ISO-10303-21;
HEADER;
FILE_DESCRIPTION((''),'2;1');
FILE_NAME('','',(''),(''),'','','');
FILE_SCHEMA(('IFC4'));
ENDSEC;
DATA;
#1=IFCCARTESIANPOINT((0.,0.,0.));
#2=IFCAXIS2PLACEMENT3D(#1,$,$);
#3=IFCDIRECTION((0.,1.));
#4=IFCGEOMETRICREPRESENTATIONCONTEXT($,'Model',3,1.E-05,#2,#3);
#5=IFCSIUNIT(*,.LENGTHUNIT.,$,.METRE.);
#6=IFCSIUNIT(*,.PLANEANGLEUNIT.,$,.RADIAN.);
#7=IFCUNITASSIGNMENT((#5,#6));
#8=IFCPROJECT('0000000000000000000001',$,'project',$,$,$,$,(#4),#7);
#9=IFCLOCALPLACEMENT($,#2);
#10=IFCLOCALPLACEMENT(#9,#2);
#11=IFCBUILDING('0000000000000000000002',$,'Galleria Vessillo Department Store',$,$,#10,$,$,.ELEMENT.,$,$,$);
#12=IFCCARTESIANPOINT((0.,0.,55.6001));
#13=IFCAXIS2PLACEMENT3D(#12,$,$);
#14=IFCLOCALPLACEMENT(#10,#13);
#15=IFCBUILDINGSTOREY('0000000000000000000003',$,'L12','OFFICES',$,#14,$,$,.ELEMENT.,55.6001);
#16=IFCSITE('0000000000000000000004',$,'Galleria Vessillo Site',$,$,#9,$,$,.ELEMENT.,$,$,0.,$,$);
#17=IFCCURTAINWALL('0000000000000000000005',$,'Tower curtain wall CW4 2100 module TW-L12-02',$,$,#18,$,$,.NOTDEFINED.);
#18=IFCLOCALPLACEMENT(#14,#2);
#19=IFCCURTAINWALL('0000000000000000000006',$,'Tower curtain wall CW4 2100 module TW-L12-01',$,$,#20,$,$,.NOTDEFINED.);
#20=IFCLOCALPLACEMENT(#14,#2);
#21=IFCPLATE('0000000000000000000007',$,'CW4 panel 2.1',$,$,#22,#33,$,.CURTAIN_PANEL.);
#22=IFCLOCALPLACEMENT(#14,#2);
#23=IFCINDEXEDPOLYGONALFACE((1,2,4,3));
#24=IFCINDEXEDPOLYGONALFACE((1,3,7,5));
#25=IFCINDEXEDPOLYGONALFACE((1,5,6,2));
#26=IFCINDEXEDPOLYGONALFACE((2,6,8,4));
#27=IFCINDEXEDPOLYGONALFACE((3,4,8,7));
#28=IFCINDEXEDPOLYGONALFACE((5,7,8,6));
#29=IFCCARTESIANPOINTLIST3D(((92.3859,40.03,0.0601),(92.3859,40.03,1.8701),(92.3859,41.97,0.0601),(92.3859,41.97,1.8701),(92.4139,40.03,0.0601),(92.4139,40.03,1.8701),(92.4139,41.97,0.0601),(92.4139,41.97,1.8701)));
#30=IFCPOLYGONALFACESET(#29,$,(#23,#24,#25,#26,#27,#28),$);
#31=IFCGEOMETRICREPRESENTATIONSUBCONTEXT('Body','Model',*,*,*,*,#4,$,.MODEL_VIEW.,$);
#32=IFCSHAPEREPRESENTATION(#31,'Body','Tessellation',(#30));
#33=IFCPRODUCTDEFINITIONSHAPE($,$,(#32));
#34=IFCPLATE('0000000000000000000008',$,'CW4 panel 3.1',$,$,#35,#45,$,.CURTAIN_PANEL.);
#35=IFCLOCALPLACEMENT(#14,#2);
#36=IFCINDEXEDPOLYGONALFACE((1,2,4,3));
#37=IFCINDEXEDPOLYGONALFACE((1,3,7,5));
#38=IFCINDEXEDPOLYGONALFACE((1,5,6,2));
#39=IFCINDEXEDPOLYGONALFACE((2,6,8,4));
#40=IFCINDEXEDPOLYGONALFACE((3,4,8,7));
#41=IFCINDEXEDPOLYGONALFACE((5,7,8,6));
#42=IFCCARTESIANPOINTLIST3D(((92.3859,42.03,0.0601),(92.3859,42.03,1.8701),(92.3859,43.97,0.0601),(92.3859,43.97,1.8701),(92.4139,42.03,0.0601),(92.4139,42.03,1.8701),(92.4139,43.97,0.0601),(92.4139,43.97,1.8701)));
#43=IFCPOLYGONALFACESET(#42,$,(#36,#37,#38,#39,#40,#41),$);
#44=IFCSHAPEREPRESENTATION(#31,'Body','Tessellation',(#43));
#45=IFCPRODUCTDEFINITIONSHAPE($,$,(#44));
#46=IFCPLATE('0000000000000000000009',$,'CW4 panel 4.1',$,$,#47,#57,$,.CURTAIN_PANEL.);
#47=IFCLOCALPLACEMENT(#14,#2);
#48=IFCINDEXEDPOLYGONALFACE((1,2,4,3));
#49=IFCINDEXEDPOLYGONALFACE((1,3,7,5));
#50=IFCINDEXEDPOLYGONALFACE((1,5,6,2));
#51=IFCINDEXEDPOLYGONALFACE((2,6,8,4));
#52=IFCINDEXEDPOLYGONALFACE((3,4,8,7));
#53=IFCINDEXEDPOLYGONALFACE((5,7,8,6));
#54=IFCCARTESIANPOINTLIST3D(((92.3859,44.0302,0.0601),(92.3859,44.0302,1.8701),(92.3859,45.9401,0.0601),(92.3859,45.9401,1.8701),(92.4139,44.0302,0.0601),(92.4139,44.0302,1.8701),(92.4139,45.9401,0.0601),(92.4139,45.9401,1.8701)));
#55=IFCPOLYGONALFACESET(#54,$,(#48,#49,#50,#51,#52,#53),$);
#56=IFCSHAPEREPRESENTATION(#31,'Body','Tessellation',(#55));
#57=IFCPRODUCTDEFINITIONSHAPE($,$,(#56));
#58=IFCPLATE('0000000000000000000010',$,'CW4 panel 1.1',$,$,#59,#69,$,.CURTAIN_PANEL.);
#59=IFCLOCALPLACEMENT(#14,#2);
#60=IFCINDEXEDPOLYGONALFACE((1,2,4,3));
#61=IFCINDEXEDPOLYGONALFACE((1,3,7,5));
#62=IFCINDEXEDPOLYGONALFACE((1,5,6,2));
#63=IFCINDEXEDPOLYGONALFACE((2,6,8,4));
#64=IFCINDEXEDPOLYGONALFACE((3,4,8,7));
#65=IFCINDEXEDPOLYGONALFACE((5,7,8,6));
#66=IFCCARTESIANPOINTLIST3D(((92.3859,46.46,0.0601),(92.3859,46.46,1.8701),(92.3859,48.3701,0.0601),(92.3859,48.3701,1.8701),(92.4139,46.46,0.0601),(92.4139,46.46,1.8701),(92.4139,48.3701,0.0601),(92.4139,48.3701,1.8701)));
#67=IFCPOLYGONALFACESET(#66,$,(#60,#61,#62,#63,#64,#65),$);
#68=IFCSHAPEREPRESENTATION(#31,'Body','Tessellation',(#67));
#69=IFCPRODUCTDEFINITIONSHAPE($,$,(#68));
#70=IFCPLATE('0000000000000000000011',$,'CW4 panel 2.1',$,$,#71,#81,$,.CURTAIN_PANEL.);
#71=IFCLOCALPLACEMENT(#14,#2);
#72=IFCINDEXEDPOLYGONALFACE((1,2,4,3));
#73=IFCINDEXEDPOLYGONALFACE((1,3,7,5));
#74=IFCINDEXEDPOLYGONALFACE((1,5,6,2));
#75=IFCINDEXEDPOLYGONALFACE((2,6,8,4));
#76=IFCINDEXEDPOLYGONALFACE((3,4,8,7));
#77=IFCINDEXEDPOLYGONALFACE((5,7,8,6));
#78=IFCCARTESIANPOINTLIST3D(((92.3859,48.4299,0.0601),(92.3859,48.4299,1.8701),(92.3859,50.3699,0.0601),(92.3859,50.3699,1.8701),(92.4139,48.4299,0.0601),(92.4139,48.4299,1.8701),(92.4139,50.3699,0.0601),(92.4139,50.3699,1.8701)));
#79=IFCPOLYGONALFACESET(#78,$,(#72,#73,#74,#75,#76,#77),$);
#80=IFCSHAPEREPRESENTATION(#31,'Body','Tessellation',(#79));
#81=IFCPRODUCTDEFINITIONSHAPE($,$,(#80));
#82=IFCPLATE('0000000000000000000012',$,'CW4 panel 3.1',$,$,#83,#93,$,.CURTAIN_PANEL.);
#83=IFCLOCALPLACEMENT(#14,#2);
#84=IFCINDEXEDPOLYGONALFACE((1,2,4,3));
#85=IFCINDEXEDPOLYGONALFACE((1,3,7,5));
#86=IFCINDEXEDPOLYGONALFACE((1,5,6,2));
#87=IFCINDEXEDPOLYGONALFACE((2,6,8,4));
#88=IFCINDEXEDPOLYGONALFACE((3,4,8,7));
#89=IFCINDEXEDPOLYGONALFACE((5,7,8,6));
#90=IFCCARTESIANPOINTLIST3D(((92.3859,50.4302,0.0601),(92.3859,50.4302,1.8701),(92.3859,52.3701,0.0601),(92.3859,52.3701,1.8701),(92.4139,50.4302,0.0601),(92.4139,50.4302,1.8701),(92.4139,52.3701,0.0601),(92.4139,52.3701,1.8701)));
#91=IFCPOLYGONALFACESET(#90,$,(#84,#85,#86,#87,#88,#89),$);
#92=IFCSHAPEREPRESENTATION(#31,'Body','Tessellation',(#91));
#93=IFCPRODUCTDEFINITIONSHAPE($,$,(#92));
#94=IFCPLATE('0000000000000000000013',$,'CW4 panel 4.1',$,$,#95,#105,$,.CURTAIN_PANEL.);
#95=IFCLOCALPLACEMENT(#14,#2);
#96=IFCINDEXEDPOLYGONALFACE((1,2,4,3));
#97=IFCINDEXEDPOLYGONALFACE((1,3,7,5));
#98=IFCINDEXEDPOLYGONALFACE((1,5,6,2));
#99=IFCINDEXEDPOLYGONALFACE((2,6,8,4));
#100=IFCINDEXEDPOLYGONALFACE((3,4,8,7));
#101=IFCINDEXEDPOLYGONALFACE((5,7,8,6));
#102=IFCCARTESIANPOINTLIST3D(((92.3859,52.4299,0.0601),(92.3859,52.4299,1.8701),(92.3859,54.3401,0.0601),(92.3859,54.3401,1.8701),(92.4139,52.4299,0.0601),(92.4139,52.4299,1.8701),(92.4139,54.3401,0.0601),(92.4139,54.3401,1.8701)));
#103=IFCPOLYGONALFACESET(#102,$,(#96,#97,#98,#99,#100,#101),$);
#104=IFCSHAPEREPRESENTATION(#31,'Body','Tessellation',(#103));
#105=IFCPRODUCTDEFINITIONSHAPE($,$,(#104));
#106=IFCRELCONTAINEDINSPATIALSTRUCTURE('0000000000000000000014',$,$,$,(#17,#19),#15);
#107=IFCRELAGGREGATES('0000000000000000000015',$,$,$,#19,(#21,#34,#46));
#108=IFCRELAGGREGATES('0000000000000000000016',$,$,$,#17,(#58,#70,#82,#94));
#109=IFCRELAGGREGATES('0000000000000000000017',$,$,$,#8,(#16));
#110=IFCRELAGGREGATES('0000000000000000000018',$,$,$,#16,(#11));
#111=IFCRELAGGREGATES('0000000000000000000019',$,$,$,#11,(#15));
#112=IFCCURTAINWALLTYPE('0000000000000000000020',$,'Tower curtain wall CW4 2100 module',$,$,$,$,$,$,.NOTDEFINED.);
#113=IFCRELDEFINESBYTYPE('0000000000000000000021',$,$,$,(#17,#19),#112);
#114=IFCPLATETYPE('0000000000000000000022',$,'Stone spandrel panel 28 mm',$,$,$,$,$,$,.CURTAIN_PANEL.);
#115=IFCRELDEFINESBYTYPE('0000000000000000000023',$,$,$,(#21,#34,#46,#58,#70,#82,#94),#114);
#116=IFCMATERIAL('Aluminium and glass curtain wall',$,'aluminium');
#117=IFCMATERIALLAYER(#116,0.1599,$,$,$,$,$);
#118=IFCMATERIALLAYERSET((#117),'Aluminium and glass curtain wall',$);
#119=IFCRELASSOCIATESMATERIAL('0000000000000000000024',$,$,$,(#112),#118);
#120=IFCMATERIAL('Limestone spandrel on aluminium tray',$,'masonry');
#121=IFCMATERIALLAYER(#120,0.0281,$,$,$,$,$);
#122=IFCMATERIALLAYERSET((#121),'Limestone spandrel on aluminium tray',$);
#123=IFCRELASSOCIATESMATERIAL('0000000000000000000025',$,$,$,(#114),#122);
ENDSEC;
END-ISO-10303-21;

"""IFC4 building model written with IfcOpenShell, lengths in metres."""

from ifc_helpers import new_model, si_unit, direction, frame, origin, origin_2d, place, context, subcontext, project, spatial, rectangle, extrude, material, layer, layer_set, type_object, element, aggregate, save


model = new_model("IFC4")

# Units and contexts
model_context = context("Model", 3, precision=1e-05, world=origin(), true_north=direction((0.0, 1.0)))
body_context = subcontext(model_context, "Body", "Model", "MODEL_VIEW")
ifc_project = project(units=[si_unit("LENGTHUNIT", "METRE"), si_unit("PLANEANGLEUNIT", "RADIAN")], contexts=[model_context])

# Site, building, storey
site_placement = place(None, origin())
site = spatial("IfcSite", under=ifc_project, at=site_placement, Name="Galleria Vessillo Site", CompositionType="ELEMENT", RefElevation=0.0)
building_placement = place(site_placement, origin())
building = spatial("IfcBuilding", under=site, at=building_placement, Name="Galleria Vessillo Department Store", CompositionType="ELEMENT")
storey_placement = place(building_placement, frame((0.0, 0.0, 55.6001)))
storey = spatial("IfcBuildingStorey", under=building, at=storey_placement, Name="L12", Description="OFFICES", CompositionType="ELEMENT", Elevation=55.6001)

# Curtain walls
ifc_material_1 = material(Name="Aluminium and glass curtain wall", Category="aluminium")
ifc_layer_1 = layer(ifc_material_1, 0.1599)
ifc_layer_set_1 = layer_set([ifc_layer_1], Name="Aluminium and glass curtain wall")
curtain_wall_type = type_object("IfcCurtainWallType", Name="Tower curtain wall CW4 2100 module", PredefinedType="NOTDEFINED", material=ifc_layer_set_1)
curtain_wall_1_placement = place(storey_placement, origin())
curtain_wall_1 = element("IfcCurtainWall", 1, at=curtain_wall_1_placement, inside=storey, type_object=curtain_wall_type, Name="Tower curtain wall CW4 2100 module TW-L12-02", PredefinedType="NOTDEFINED")
curtain_wall_2_placement = place(storey_placement, origin())
curtain_wall_2 = element("IfcCurtainWall", 2, at=curtain_wall_2_placement, inside=storey, type_object=curtain_wall_type, Name="Tower curtain wall CW4 2100 module TW-L12-01", PredefinedType="NOTDEFINED")

# Plates
ifc_material_2 = material(Name="Limestone spandrel on aluminium tray", Category="masonry")
ifc_layer_2 = layer(ifc_material_2, 0.0281)
ifc_layer_set_2 = layer_set([ifc_layer_2], Name="Limestone spandrel on aluminium tray")
plate_type_1 = type_object("IfcPlateType", Name="Stone spandrel panel 28 mm", PredefinedType="CURTAIN_PANEL", material=ifc_layer_set_2)
plate_1_placement = place(storey_placement, frame((92.3999, 41.0, 0.0601), z_axis=(0.0, 0.0, 1.0), x_axis=(0.0, 1.0, 0.0)))
plate_1 = element("IfcPlate", 3, at=plate_1_placement, type_object=plate_type_1, Name="CW4 panel 2.1", PredefinedType="CURTAIN_PANEL", context=body_context, shape_type="SweptSolid", body=[
    extrude(rectangle(XDim=1.9399, YDim=0.0281, at=origin_2d()), origin(), (0.0, 0.0, 1.0), 1.8101),
])
plate_2_placement = place(storey_placement, frame((92.3999, 43.0, 0.0601), z_axis=(0.0, 0.0, 1.0), x_axis=(0.0, 1.0, 0.0)))
plate_2 = element("IfcPlate", 4, at=plate_2_placement, type_object=plate_type_1, Name="CW4 panel 3.1", PredefinedType="CURTAIN_PANEL", context=body_context, shape_type="SweptSolid", body=[
    extrude(rectangle(XDim=1.9399, YDim=0.0281, at=origin_2d()), origin(), (0.0, 0.0, 1.0), 1.8101),
])
plate_3_placement = place(storey_placement, frame((92.3999, 44.9851, 0.0601), z_axis=(0.0, 0.0, 1.0), x_axis=(0.0, 1.0, 0.0)))
plate_3 = element("IfcPlate", 5, at=plate_3_placement, type_object=plate_type_1, Name="CW4 panel 4.1", PredefinedType="CURTAIN_PANEL", context=body_context, shape_type="SweptSolid", body=[
    extrude(rectangle(XDim=1.9099, YDim=0.0281, at=origin_2d()), origin(), (0.0, 0.0, 1.0), 1.8101),
])
aggregate(curtain_wall_2, [plate_1, plate_2, plate_3])
plate_4_placement = place(storey_placement, frame((92.3999, 47.415, 0.0601), z_axis=(0.0, 0.0, 1.0), x_axis=(0.0, 1.0, 0.0)))
plate_4 = element("IfcPlate", 6, at=plate_4_placement, type_object=plate_type_1, Name="CW4 panel 1.1", PredefinedType="CURTAIN_PANEL", context=body_context, shape_type="SweptSolid", body=[
    extrude(rectangle(XDim=1.9102, YDim=0.0281, at=origin_2d()), origin(), (0.0, 0.0, 1.0), 1.8101),
])
plate_5_placement = place(storey_placement, frame((92.3999, 49.3999, 0.0601), z_axis=(0.0, 0.0, 1.0), x_axis=(0.0, 1.0, 0.0)))
plate_5 = element("IfcPlate", 7, at=plate_5_placement, type_object=plate_type_1, Name="CW4 panel 2.1", PredefinedType="CURTAIN_PANEL", context=body_context, shape_type="SweptSolid", body=[
    extrude(rectangle(XDim=1.9399, YDim=0.0281, at=origin_2d()), origin(), (0.0, 0.0, 1.0), 1.8101),
])
plate_6_placement = place(storey_placement, frame((92.3999, 51.4001, 0.0601), z_axis=(0.0, 0.0, 1.0), x_axis=(0.0, 1.0, 0.0)))
plate_6 = element("IfcPlate", 8, at=plate_6_placement, type_object=plate_type_1, Name="CW4 panel 3.1", PredefinedType="CURTAIN_PANEL", context=body_context, shape_type="SweptSolid", body=[
    extrude(rectangle(XDim=1.9399, YDim=0.0281, at=origin_2d()), origin(), (0.0, 0.0, 1.0), 1.8101),
])
plate_7_placement = place(storey_placement, frame((92.3999, 53.385, 0.0601), z_axis=(0.0, 0.0, 1.0), x_axis=(0.0, 1.0, 0.0)))
plate_7 = element("IfcPlate", 9, at=plate_7_placement, type_object=plate_type_1, Name="CW4 panel 4.1", PredefinedType="CURTAIN_PANEL", context=body_context, shape_type="SweptSolid", body=[
    extrude(rectangle(XDim=1.9102, YDim=0.0281, at=origin_2d()), origin(), (0.0, 0.0, 1.0), 1.8101),
])
aggregate(curtain_wall_1, [plate_4, plate_5, plate_6, plate_7])

save(model, "model.ifc")
